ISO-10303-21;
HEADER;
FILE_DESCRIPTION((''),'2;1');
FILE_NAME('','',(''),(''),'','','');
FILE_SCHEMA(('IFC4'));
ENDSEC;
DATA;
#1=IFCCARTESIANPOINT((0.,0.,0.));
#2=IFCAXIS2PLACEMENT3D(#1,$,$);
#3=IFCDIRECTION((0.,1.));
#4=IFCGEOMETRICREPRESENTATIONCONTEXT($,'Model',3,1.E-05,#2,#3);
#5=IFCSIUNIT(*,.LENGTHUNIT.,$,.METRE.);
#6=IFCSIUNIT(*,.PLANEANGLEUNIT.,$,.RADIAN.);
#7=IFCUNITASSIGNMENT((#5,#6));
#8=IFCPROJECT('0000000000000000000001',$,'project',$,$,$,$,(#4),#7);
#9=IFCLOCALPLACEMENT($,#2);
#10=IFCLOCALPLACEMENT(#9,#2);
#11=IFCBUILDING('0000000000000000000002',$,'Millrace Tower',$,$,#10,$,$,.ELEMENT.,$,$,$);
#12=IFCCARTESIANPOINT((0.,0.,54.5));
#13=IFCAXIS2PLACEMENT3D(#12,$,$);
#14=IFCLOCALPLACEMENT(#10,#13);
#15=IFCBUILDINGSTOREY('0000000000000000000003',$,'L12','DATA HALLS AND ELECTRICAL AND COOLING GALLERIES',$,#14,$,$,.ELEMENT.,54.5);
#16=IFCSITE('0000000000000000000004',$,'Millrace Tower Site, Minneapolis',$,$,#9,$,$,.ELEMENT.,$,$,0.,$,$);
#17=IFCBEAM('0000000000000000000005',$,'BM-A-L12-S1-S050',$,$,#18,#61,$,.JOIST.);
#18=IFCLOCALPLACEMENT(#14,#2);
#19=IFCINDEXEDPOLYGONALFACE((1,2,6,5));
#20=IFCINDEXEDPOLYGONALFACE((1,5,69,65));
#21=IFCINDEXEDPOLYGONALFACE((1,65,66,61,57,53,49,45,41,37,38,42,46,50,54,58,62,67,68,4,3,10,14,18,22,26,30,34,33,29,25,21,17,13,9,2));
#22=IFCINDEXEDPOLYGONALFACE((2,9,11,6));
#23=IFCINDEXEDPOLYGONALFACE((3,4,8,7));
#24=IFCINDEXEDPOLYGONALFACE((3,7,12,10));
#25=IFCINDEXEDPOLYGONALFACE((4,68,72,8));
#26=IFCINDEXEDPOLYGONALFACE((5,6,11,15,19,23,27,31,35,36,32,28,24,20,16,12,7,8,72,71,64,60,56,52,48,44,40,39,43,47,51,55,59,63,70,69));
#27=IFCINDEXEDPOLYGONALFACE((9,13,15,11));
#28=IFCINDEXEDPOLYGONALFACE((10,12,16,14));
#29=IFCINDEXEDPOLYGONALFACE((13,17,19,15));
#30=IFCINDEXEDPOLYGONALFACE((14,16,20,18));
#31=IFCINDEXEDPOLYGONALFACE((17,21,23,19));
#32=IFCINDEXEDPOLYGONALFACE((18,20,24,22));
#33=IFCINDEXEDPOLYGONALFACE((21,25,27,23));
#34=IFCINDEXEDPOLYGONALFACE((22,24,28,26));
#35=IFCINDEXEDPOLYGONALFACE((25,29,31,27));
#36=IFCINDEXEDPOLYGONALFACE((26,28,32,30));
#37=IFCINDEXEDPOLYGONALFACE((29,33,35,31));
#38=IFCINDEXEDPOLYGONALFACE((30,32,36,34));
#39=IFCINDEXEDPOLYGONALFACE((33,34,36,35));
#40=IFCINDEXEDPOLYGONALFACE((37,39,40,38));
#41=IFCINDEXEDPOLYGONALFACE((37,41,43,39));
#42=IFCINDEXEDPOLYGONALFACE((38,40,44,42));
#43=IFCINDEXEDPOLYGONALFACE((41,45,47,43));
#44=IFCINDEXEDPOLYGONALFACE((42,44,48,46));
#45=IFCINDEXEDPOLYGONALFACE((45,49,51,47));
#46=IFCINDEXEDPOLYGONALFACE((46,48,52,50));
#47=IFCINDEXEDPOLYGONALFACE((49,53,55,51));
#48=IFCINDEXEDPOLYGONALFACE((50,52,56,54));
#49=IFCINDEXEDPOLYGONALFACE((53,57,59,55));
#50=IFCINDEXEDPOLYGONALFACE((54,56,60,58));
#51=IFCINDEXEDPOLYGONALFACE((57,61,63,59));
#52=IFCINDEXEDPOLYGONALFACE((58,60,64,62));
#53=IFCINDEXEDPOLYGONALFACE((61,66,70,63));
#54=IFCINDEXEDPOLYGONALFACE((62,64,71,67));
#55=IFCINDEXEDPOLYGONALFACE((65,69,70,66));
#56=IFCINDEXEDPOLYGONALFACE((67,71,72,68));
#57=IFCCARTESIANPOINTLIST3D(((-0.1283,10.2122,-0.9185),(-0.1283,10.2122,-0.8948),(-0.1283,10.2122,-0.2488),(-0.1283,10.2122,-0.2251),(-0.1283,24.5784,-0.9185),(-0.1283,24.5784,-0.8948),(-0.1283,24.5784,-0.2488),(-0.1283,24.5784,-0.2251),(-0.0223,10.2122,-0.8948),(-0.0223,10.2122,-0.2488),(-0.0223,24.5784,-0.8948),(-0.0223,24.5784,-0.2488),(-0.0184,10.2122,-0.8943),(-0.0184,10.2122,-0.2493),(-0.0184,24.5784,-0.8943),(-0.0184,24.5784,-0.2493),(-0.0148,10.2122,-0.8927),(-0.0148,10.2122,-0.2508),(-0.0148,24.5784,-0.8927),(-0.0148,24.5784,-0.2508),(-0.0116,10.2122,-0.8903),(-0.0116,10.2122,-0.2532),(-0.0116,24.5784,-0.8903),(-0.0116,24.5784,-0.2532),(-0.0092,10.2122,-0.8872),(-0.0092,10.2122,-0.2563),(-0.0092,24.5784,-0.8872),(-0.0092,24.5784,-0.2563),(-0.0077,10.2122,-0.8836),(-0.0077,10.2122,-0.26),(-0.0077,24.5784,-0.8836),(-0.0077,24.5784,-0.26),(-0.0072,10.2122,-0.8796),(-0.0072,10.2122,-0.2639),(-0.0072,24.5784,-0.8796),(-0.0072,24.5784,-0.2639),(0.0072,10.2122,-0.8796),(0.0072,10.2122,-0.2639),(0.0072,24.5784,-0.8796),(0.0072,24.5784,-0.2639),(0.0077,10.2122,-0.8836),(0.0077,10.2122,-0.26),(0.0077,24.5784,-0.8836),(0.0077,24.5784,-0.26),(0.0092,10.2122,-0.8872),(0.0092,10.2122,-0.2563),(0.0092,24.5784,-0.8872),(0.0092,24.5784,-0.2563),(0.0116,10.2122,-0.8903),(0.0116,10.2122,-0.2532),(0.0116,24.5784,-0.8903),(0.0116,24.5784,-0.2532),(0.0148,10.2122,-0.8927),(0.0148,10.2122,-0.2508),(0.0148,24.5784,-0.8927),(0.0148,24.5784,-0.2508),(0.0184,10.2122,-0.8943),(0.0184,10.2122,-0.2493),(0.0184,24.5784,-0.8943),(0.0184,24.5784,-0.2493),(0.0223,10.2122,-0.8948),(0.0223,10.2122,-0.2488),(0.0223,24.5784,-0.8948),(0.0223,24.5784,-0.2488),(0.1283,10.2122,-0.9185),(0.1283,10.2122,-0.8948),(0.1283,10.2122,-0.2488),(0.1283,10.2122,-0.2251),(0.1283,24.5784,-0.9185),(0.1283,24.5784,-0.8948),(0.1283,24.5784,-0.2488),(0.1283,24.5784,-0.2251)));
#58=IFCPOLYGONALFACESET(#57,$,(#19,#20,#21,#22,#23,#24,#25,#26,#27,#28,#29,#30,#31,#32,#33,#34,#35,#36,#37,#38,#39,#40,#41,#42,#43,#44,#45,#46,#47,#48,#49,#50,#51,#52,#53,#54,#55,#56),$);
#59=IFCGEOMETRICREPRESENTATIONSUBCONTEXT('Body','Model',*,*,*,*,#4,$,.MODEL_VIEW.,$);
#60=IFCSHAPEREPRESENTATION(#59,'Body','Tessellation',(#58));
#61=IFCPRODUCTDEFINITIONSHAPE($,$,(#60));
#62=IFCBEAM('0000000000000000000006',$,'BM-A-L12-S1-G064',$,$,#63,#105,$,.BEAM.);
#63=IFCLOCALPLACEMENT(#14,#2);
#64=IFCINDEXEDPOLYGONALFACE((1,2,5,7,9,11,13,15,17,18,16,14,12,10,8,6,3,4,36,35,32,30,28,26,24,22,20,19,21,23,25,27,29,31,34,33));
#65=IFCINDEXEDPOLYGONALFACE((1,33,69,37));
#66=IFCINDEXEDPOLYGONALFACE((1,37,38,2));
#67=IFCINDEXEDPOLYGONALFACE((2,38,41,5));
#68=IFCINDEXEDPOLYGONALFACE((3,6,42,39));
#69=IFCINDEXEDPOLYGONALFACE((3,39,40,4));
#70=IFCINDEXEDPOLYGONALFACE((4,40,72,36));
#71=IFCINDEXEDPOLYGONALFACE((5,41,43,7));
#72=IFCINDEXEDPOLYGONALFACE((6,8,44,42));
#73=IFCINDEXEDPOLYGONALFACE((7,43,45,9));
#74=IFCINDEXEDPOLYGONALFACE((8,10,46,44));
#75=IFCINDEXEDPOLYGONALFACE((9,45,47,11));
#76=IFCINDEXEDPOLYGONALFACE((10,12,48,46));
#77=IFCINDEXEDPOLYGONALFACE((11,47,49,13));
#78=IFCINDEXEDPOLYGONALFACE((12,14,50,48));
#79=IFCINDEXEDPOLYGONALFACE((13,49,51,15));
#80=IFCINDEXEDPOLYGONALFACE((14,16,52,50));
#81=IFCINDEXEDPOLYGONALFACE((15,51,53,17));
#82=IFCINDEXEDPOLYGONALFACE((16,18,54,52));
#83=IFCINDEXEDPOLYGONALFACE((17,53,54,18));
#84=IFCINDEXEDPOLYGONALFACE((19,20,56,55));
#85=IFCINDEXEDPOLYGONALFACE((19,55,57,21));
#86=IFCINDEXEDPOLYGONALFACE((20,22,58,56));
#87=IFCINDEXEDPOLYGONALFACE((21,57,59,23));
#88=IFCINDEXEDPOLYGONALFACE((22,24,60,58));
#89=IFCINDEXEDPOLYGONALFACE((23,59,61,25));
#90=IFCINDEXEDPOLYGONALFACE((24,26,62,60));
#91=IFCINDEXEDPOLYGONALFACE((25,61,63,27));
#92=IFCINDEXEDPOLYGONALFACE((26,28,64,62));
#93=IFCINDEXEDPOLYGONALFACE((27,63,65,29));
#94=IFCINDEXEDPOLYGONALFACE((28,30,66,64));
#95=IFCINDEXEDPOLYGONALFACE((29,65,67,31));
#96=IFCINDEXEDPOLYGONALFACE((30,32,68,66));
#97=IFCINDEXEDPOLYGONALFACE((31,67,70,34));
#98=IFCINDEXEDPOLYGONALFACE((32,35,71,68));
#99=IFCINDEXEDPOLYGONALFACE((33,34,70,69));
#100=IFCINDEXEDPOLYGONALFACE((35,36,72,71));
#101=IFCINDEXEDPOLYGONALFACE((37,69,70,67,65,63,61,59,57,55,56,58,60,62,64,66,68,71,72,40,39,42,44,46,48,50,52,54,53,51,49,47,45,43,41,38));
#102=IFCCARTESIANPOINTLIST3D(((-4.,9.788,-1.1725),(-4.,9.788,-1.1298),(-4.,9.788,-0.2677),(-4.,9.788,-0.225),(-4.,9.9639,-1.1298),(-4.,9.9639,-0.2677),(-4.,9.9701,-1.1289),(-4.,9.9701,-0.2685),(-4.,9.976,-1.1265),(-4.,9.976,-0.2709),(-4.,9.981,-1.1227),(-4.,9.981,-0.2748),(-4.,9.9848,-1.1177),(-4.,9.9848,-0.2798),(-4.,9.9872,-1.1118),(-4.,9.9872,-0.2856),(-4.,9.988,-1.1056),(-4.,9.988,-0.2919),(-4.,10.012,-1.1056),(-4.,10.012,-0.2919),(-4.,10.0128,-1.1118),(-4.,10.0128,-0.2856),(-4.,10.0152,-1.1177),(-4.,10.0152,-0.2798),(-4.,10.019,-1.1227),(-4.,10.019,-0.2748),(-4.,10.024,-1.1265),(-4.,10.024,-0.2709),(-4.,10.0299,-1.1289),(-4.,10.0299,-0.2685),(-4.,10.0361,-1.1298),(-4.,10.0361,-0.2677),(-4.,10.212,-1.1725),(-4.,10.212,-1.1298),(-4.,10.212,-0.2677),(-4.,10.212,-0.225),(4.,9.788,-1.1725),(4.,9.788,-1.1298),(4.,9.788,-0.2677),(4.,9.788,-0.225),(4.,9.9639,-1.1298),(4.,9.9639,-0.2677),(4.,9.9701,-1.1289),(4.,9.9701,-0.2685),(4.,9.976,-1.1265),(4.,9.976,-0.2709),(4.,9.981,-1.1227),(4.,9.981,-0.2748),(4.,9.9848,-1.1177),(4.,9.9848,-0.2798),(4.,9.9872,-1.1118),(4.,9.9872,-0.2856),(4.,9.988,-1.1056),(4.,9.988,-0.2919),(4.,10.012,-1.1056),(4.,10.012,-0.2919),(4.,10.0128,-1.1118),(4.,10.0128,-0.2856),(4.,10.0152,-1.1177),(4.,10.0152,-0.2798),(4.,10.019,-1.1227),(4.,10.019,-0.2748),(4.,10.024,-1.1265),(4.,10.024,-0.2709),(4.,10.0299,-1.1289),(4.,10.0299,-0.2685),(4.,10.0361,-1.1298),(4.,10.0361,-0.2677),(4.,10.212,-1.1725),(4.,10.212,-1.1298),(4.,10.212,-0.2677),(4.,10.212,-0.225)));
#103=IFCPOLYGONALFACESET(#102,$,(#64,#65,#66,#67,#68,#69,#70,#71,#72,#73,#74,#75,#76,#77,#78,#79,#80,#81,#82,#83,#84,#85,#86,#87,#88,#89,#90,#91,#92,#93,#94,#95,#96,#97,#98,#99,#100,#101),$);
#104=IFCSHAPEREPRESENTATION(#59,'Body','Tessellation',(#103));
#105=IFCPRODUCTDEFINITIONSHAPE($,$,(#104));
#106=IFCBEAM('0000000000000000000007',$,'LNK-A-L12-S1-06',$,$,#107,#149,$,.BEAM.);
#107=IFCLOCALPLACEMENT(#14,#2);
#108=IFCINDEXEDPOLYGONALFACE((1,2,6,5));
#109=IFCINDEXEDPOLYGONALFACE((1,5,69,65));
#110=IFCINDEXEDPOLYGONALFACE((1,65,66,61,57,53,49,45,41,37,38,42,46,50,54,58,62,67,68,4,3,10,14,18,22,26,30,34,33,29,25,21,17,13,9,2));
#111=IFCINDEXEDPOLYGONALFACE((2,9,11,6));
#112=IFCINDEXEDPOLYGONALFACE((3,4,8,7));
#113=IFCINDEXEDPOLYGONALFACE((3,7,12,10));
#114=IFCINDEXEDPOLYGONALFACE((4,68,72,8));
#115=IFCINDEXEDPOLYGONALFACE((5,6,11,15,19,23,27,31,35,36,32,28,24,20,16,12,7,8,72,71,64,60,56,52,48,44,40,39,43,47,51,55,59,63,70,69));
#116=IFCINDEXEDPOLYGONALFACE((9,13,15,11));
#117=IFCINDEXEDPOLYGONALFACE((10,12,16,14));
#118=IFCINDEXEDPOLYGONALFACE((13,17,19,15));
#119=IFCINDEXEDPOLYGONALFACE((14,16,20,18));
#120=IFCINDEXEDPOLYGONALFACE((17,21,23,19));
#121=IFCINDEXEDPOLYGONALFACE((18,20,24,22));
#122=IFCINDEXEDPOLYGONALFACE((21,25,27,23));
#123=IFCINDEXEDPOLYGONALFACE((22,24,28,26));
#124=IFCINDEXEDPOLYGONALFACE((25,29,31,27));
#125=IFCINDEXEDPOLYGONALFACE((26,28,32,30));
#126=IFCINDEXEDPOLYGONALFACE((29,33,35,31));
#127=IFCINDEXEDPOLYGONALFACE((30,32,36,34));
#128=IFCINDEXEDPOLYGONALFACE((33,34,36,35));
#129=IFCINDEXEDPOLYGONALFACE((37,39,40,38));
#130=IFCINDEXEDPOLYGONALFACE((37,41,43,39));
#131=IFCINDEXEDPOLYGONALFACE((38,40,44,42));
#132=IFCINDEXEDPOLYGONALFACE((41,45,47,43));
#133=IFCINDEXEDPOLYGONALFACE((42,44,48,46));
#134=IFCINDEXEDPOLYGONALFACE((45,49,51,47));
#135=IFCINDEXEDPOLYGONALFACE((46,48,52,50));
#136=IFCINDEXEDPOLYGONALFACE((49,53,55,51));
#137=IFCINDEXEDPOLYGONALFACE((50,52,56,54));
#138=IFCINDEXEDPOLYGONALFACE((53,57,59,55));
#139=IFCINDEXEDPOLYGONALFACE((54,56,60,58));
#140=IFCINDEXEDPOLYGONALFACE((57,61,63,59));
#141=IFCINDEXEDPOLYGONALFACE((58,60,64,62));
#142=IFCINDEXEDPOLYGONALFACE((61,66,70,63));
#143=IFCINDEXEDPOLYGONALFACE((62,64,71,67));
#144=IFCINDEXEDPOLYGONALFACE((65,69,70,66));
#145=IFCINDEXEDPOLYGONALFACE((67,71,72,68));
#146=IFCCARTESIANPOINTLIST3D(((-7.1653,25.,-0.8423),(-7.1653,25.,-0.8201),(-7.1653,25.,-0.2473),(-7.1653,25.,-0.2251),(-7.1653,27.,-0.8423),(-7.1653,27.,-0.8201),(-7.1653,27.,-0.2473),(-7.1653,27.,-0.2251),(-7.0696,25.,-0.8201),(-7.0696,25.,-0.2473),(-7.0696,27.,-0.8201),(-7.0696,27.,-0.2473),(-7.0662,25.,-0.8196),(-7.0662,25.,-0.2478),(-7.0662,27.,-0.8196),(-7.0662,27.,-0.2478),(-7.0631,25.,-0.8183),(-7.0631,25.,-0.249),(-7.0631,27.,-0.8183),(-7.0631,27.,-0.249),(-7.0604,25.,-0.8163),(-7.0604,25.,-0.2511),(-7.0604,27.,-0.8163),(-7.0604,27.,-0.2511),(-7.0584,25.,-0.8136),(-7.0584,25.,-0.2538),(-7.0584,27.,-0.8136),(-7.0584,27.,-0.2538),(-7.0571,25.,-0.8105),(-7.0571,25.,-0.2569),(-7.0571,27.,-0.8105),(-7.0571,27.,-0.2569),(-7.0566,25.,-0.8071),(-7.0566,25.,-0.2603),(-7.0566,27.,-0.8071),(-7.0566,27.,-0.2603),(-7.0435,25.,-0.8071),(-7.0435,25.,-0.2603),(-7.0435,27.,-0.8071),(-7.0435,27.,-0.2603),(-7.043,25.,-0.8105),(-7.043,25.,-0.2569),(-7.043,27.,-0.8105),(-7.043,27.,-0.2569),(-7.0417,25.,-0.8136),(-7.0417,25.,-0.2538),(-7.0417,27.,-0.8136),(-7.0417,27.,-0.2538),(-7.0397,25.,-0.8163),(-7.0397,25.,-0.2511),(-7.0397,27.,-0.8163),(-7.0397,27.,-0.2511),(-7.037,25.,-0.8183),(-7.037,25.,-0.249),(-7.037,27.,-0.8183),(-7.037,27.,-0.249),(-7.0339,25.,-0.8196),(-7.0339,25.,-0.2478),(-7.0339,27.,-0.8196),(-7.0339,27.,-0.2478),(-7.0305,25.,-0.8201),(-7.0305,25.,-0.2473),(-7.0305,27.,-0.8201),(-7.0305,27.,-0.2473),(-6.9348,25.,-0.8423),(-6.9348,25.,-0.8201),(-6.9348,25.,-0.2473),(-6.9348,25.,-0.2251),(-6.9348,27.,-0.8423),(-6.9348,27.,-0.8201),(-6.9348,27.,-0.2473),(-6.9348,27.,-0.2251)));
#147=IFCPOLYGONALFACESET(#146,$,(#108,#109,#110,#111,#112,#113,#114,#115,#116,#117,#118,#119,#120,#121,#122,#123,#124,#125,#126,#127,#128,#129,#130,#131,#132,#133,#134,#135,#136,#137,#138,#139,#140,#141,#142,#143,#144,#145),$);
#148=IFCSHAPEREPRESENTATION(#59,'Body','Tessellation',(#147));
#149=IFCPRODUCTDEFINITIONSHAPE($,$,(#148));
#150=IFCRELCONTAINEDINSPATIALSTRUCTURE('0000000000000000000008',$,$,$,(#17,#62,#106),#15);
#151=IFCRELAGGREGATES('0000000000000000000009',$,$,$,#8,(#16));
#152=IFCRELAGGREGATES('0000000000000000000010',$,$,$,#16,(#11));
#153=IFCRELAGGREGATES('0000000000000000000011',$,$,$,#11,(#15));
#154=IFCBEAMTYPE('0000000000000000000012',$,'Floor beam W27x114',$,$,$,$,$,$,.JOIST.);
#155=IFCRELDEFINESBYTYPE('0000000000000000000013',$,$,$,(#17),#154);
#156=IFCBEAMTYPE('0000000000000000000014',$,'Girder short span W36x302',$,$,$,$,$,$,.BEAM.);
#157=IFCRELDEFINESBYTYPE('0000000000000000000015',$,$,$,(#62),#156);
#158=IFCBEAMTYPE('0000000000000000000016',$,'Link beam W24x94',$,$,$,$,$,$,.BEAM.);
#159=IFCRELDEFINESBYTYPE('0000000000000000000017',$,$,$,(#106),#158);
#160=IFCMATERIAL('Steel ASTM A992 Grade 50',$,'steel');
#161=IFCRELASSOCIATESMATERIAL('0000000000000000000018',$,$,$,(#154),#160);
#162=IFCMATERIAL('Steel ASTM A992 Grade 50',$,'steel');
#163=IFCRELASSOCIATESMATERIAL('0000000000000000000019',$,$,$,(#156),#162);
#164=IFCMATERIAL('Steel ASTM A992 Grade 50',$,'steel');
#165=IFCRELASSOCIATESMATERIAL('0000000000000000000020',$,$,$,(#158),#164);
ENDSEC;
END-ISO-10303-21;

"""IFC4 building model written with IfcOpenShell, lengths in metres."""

from ifc_helpers import new_model, si_unit, direction, frame, origin, origin_2d, place, context, subcontext, project, spatial, i_section, extrude, material, material_profile, profile_set, type_object, element, save


model = new_model("IFC4")

# Units and contexts
model_context = context("Model", 3, precision=1e-05, world=origin(), true_north=direction((0.0, 1.0)))
body_context = subcontext(model_context, "Body", "Model", "MODEL_VIEW")
ifc_project = project(units=[si_unit("LENGTHUNIT", "METRE"), si_unit("PLANEANGLEUNIT", "RADIAN")], contexts=[model_context])

# Site, building, storey
site_placement = place(None, origin())
site = spatial("IfcSite", under=ifc_project, at=site_placement, Name="Millrace Tower Site, Minneapolis", CompositionType="ELEMENT", RefElevation=0.0)
building_placement = place(site_placement, origin())
building = spatial("IfcBuilding", under=site, at=building_placement, Name="Millrace Tower", CompositionType="ELEMENT")
storey_placement = place(building_placement, frame((0.0, 0.0, 54.5)))
storey = spatial("IfcBuildingStorey", under=building, at=storey_placement, Name="L12", Description="DATA HALLS AND ELECTRICAL AND COOLING GALLERIES", CompositionType="ELEMENT", Elevation=54.5)

# Beams
ifc_material_1 = material(Name="Steel ASTM A992 Grade 50", Category="steel")
ifc_material_profile_1 = material_profile(ifc_material_1, i_section(OverallWidth=0.2566, OverallDepth=0.6934, WebThickness=0.0144, FlangeThickness=0.0237, FilletRadius=0.0151, at=origin_2d()))
ifc_profile_set_1 = profile_set([ifc_material_profile_1], Name="Steel ASTM A992 Grade 50")
beam_type_1 = type_object("IfcBeamType", Name="Floor beam W27x114", PredefinedType="JOIST", material=ifc_profile_set_1)
for number, where, z_axis, x_axis, name in (
    (1, (0.0, 10.2122, -0.5718), (0.0, 1.0, 0.0), (-1.0, 0.0, 0.0), "BM-A-L12-S1-S050"),
):
    element("IfcBeam", number, at=place(storey_placement, frame(where, z_axis=z_axis, x_axis=x_axis)), inside=storey, type_object=beam_type_1, Name=name, PredefinedType="JOIST", context=body_context, shape_type="SweptSolid", body=[
        extrude(i_section(OverallWidth=0.2566, OverallDepth=0.6934, WebThickness=0.0144, FlangeThickness=0.0237, FilletRadius=0.0151, at=origin_2d()), origin(), (0.0, 0.0, 1.0), 14.3662),
    ])
ifc_material_2 = material(Name="Steel ASTM A992 Grade 50", Category="steel")
ifc_material_profile_2 = material_profile(ifc_material_2, i_section(OverallWidth=0.4241, OverallDepth=0.9475, WebThickness=0.0239, FlangeThickness=0.0427, FilletRadius=0.0242, at=origin_2d()))
ifc_profile_set_2 = profile_set([ifc_material_profile_2], Name="Steel ASTM A992 Grade 50")
beam_type_2 = type_object("IfcBeamType", Name="Girder short span W36x302", PredefinedType="BEAM", material=ifc_profile_set_2)
beam_1_placement = place(storey_placement, frame((-4.0, 10.0, -0.6987), z_axis=(1.0, 0.0, 0.0), x_axis=(0.0, 1.0, 0.0)))
element("IfcBeam", 2, at=beam_1_placement, inside=storey, type_object=beam_type_2, Name="BM-A-L12-S1-G064", PredefinedType="BEAM", context=body_context, shape_type="SweptSolid", body=[
    extrude(i_section(OverallWidth=0.4241, OverallDepth=0.9475, WebThickness=0.0239, FlangeThickness=0.0427, FilletRadius=0.0242, at=origin_2d()), origin(), (0.0, 0.0, 1.0), 8.0),
])
ifc_material_3 = material(Name="Steel ASTM A992 Grade 50", Category="steel")
ifc_material_profile_3 = material_profile(ifc_material_3, i_section(OverallWidth=0.2305, OverallDepth=0.6172, WebThickness=0.0132, FlangeThickness=0.0222, FilletRadius=0.0129, at=origin_2d()))
ifc_profile_set_3 = profile_set([ifc_material_profile_3], Name="Steel ASTM A992 Grade 50")
beam_type_3 = type_object("IfcBeamType", Name="Link beam W24x94", PredefinedType="BEAM", material=ifc_profile_set_3)
beam_2_placement = place(storey_placement, frame((-7.05, 25.0, -0.5337), z_axis=(0.0, 1.0, 0.0), x_axis=(-1.0, 0.0, 0.0)))
element("IfcBeam", 3, at=beam_2_placement, inside=storey, type_object=beam_type_3, Name="LNK-A-L12-S1-06", PredefinedType="BEAM", context=body_context, shape_type="SweptSolid", body=[
    extrude(i_section(OverallWidth=0.2305, OverallDepth=0.6172, WebThickness=0.0132, FlangeThickness=0.0222, FilletRadius=0.0129, at=origin_2d()), origin(), (0.0, 0.0, 1.0), 2.0),
])

save(model, "model.ifc")
